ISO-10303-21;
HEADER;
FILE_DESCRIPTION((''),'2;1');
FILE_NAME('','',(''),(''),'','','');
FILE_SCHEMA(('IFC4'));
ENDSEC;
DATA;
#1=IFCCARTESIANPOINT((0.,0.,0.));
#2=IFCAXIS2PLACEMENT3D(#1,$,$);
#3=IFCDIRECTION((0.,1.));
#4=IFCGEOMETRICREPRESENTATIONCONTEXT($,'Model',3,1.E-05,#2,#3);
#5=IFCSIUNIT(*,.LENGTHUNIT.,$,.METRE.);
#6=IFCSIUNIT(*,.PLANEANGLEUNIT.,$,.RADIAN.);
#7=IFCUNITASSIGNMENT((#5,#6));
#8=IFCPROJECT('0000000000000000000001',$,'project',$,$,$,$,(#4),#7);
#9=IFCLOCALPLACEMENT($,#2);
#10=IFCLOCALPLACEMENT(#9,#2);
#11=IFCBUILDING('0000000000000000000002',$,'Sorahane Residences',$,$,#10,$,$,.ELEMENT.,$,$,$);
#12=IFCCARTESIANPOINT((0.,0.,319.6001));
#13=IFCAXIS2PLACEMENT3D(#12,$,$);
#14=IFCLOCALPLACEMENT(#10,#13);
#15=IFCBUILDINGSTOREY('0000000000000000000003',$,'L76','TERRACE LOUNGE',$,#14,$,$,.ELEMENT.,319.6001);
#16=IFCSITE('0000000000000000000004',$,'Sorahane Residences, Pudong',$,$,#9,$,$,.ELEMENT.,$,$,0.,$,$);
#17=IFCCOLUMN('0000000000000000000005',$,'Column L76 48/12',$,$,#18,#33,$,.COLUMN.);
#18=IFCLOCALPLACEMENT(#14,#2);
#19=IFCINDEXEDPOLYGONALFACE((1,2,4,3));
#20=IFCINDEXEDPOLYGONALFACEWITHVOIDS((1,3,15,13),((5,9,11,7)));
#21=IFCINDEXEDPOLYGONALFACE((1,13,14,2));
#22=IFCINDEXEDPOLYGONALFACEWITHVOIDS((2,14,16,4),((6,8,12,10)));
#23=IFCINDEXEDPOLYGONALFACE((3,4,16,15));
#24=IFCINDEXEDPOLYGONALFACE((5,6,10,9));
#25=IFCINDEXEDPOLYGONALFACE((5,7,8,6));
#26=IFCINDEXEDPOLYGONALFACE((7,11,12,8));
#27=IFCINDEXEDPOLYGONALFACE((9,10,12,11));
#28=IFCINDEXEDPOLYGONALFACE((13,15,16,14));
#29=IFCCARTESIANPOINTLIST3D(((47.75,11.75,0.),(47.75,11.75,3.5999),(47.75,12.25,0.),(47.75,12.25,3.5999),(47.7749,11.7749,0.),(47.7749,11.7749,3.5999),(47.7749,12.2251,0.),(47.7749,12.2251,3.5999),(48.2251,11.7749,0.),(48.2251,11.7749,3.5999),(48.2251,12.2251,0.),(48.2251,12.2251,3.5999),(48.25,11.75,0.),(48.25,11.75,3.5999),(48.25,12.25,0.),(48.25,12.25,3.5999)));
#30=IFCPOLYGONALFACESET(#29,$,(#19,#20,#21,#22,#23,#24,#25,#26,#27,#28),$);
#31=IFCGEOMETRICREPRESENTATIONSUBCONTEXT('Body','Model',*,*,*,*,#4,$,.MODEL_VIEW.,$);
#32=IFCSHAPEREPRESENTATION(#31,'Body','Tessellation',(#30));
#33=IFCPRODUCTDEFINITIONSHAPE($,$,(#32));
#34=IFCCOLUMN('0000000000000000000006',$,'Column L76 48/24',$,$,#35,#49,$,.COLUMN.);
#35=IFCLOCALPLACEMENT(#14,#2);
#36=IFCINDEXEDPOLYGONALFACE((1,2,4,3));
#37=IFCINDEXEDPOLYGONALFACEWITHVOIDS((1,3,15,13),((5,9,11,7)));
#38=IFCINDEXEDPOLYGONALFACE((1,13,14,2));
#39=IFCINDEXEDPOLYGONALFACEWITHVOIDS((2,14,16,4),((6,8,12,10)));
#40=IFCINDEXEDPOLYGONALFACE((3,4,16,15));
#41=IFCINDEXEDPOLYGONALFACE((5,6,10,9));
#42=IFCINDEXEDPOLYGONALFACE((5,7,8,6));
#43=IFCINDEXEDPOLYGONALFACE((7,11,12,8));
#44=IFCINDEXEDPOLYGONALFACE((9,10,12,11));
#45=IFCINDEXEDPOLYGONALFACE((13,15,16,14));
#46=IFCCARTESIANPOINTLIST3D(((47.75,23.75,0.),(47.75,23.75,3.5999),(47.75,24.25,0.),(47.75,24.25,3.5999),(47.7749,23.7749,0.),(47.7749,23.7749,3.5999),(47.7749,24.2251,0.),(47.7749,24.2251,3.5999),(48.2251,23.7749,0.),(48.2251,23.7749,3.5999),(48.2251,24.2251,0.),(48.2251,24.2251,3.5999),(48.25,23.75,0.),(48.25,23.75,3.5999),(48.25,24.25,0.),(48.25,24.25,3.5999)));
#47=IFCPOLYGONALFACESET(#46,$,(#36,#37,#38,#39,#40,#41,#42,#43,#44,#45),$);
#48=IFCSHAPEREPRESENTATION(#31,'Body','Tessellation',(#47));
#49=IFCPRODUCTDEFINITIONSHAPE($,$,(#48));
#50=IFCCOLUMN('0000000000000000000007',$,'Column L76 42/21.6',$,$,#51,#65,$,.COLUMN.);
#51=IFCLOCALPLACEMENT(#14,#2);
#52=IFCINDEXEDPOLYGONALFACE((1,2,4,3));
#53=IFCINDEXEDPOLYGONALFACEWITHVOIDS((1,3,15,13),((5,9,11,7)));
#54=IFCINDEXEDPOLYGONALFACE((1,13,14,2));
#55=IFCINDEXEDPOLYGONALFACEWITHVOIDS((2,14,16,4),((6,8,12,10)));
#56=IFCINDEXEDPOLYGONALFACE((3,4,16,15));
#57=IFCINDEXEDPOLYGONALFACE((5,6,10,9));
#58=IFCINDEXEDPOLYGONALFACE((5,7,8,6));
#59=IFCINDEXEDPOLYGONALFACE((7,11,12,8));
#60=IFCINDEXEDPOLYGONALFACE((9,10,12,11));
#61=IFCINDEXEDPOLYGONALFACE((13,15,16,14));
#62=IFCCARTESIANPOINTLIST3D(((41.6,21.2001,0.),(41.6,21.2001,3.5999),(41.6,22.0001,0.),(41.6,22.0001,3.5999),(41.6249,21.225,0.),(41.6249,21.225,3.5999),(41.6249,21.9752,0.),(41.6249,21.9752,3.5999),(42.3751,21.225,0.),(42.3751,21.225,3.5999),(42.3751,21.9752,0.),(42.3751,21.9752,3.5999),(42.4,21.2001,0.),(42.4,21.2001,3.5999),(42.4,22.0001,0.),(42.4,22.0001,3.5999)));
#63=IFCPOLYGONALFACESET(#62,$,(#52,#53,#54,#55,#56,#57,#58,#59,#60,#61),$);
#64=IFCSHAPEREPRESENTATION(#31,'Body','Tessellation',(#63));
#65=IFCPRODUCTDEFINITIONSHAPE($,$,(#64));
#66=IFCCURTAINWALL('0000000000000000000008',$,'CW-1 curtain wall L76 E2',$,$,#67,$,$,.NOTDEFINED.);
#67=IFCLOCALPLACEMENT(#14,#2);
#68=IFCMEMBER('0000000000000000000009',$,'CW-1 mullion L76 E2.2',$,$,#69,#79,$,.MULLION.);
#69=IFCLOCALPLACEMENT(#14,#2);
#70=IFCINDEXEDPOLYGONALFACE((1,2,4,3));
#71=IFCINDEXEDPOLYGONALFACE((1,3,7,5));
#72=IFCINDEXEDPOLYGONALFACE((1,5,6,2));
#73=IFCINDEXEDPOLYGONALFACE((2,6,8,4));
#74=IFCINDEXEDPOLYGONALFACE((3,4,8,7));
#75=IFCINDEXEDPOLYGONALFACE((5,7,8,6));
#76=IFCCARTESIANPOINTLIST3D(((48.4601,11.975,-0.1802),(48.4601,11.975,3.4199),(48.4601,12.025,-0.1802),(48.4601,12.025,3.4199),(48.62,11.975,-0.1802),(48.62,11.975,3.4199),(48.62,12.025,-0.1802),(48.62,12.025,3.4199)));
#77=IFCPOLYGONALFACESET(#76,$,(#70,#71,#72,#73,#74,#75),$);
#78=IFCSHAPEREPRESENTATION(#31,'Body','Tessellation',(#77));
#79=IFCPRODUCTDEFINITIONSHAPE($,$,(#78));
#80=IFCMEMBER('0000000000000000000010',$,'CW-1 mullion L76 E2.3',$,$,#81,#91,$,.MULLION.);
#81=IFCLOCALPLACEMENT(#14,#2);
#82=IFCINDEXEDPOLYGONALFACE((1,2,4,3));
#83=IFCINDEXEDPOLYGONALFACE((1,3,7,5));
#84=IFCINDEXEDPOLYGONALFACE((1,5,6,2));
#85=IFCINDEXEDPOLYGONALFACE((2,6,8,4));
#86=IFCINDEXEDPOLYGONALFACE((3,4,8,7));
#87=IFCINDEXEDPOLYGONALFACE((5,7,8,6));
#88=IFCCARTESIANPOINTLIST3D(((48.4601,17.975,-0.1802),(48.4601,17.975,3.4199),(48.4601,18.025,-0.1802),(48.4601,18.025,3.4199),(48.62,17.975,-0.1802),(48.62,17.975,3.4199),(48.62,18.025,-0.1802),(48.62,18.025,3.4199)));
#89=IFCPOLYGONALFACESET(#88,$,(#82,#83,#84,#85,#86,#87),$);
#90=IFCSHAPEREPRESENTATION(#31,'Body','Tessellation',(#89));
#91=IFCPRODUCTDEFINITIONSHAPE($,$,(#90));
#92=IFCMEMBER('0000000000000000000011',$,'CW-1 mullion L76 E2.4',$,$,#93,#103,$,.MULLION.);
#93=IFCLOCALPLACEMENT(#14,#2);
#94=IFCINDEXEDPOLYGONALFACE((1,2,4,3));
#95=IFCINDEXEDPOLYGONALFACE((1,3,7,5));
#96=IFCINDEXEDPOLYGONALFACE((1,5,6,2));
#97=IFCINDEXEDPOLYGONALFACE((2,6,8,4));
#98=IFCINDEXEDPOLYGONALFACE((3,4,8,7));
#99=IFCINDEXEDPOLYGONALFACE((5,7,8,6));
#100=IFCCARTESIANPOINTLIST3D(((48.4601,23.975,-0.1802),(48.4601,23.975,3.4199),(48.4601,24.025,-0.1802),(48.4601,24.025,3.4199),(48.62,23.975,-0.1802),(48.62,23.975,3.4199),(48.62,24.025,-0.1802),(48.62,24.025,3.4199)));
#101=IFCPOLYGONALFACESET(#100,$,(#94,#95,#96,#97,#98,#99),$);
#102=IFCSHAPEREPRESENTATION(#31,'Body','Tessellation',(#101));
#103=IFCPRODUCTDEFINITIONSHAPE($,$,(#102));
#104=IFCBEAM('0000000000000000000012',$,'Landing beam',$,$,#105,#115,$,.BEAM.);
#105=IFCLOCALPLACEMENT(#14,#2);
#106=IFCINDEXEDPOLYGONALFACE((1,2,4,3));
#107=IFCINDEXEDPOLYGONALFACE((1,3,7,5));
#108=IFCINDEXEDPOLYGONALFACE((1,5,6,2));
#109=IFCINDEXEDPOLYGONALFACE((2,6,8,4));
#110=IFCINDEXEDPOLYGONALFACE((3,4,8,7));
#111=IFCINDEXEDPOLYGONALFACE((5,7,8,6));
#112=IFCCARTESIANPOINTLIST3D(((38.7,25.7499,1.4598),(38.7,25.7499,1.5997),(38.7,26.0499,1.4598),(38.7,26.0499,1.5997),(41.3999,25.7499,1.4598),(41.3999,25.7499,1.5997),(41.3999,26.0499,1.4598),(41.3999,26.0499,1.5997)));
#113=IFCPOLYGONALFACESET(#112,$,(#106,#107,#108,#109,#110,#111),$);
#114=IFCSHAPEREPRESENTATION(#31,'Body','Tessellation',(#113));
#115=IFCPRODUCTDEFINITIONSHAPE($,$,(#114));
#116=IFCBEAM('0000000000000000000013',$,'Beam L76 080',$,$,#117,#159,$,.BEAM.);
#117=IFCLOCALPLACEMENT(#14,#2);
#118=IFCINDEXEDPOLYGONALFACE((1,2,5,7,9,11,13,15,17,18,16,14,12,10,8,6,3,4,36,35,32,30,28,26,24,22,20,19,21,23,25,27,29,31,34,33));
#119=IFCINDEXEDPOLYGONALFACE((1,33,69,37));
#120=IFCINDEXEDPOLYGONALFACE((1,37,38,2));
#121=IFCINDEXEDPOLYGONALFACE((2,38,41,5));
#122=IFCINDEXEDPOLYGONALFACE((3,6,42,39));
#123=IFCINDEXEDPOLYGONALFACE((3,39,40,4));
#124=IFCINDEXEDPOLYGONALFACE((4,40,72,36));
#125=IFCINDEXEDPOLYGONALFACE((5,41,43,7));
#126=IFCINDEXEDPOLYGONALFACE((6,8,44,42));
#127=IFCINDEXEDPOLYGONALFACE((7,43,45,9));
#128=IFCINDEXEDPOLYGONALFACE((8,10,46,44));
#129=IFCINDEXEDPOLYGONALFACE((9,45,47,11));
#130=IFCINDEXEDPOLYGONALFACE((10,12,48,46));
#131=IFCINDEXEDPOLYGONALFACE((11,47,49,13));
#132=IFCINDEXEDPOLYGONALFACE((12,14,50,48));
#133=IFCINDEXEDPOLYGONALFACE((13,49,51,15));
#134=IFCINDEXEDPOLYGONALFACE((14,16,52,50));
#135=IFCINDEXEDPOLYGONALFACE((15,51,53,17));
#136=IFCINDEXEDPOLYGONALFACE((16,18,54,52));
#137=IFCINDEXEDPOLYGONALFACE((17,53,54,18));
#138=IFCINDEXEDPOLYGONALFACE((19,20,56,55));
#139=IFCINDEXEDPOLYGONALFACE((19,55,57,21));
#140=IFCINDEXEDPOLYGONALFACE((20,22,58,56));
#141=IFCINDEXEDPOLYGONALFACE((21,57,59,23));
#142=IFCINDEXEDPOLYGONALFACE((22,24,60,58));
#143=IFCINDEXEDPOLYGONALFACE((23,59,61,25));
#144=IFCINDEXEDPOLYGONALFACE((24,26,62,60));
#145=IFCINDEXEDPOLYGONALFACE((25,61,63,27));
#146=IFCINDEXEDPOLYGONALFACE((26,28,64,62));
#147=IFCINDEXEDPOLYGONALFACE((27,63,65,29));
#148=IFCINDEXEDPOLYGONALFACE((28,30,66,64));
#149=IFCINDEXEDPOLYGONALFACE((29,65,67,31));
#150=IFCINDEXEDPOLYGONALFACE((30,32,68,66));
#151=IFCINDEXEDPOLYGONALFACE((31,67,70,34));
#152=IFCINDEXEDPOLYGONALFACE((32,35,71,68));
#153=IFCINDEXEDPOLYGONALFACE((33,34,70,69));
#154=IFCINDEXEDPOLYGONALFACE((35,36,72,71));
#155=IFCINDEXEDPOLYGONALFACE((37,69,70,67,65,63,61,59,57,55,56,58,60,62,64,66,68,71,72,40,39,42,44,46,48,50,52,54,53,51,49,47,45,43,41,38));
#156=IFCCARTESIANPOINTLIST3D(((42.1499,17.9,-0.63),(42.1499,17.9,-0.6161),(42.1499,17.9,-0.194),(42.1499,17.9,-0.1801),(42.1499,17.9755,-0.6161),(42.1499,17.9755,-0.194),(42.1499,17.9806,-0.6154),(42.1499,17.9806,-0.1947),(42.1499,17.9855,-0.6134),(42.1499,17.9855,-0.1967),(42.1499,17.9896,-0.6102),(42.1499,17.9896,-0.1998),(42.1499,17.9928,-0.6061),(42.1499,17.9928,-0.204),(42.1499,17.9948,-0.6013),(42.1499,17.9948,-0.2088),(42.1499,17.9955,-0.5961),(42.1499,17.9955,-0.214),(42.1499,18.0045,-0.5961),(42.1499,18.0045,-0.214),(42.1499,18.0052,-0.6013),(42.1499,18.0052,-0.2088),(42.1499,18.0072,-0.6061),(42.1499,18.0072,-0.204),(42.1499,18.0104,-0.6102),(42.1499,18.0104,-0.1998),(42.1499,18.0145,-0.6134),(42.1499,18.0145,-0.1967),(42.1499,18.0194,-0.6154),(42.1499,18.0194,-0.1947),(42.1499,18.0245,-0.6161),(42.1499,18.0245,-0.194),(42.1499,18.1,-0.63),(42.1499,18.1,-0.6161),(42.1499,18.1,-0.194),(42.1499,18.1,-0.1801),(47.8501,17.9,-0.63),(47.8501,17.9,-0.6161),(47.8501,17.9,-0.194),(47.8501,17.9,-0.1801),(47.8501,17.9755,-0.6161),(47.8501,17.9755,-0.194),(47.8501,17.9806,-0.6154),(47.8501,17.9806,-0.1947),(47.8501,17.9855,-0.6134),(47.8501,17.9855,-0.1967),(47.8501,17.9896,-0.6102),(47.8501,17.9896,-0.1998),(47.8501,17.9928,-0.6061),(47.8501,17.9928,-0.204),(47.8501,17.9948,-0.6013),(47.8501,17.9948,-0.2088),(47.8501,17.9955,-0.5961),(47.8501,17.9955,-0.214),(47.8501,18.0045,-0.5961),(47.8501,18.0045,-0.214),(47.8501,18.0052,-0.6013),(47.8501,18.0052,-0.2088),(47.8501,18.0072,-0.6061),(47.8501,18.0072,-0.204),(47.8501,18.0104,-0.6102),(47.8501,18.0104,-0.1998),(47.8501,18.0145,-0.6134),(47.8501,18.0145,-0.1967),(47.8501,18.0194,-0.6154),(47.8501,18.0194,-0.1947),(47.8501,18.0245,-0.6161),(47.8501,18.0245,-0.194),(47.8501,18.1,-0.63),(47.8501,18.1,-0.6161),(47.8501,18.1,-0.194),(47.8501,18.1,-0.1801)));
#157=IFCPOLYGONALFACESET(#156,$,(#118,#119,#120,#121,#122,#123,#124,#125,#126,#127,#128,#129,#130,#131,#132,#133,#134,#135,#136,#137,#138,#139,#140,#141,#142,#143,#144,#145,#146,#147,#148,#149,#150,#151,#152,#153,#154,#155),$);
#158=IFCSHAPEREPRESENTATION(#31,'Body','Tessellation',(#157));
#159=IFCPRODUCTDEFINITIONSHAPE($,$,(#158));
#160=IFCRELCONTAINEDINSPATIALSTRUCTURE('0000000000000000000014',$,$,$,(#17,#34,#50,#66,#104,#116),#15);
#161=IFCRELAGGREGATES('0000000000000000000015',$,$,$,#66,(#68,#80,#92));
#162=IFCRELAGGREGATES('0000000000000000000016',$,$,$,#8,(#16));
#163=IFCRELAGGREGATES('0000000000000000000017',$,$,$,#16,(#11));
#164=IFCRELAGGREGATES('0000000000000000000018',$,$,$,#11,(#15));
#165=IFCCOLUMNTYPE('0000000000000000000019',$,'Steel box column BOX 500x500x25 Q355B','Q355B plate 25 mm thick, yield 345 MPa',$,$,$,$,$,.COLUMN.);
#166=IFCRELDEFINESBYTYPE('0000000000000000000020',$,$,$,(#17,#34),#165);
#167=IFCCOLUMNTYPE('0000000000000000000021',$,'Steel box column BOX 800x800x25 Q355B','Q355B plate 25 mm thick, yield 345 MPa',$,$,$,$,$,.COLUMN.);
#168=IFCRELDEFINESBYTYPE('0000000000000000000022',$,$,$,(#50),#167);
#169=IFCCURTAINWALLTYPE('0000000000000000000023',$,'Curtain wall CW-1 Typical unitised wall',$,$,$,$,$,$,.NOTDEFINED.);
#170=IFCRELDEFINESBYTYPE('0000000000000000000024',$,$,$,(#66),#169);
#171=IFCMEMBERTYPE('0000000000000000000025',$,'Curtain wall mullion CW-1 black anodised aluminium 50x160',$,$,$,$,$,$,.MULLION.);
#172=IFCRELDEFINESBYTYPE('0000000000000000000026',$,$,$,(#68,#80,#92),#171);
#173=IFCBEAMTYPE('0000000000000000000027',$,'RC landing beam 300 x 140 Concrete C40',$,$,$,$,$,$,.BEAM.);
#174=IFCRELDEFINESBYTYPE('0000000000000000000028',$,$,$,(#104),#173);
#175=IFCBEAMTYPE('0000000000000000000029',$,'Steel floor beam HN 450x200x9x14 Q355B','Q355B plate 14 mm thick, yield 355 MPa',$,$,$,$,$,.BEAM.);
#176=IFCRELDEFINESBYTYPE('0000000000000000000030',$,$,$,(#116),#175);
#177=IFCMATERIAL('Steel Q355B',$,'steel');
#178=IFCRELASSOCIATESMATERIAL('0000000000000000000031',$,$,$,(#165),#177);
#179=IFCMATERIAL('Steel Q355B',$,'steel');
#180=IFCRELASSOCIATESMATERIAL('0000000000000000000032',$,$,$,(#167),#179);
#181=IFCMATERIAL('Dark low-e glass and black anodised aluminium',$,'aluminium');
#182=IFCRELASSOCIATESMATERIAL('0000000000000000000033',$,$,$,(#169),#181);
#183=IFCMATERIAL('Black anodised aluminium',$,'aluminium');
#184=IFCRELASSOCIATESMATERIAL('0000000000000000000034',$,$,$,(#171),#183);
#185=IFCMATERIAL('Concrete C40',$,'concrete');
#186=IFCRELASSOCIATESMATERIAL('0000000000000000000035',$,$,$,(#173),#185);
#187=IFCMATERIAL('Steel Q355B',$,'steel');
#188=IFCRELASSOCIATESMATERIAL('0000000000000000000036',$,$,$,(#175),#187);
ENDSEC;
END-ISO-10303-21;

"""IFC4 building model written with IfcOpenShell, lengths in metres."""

from ifc_helpers import new_model, si_unit, direction, frame, origin, origin_2d, place, context, subcontext, project, spatial, rectangle, hollow_rectangle, i_section, extrude, material, material_profile, profile_set, type_object, element, aggregate, save


model = new_model("IFC4")

# Units and contexts
model_context = context("Model", 3, precision=1e-05, world=origin(), true_north=direction((0.0, 1.0)))
body_context = subcontext(model_context, "Body", "Model", "MODEL_VIEW")
ifc_project = project(units=[si_unit("LENGTHUNIT", "METRE"), si_unit("PLANEANGLEUNIT", "RADIAN")], contexts=[model_context])

# Site, building, storey
site_placement = place(None, origin())
site = spatial("IfcSite", under=ifc_project, at=site_placement, Name="Sorahane Residences, Pudong", CompositionType="ELEMENT", RefElevation=0.0)
building_placement = place(site_placement, origin())
building = spatial("IfcBuilding", under=site, at=building_placement, Name="Sorahane Residences", CompositionType="ELEMENT")
storey_placement = place(building_placement, frame((0.0, 0.0, 319.6001)))
storey = spatial("IfcBuildingStorey", under=building, at=storey_placement, Name="L76", Description="TERRACE LOUNGE", CompositionType="ELEMENT", Elevation=319.6001)

# Columns
ifc_material_1 = material(Name="Steel Q355B", Category="steel")
ifc_material_profile_1 = material_profile(ifc_material_1, hollow_rectangle(XDim=0.5, YDim=0.5, WallThickness=0.0249, at=origin_2d()), Name="BOX 500x500x25")
ifc_profile_set_1 = profile_set([ifc_material_profile_1], Name="Steel Q355B")
column_type_1 = type_object("IfcColumnType", Name="Steel box column BOX 500x500x25 Q355B", Description="Q355B plate 25 mm thick, yield 345 MPa", PredefinedType="COLUMN", material=ifc_profile_set_1)
for number, where, z_axis, x_axis, name in (
    (1, (48.0, 12.0, 0.0), (0.0, 0.0, 1.0), (1.0, 0.0, 0.0), "Column L76 48/12"),
    (2, (48.0, 24.0, 0.0), (0.0, 0.0, 1.0), (1.0, 0.0, 0.0), "Column L76 48/24"),
):
    element("IfcColumn", number, at=place(storey_placement, frame(where, z_axis=z_axis, x_axis=x_axis)), inside=storey, type_object=column_type_1, Name=name, PredefinedType="COLUMN", context=body_context, shape_type="SweptSolid", body=[
        extrude(hollow_rectangle(XDim=0.5, YDim=0.5, WallThickness=0.0249, at=origin_2d()), origin(), (0.0, 0.0, 1.0), 3.5999),
    ])
ifc_material_2 = material(Name="Steel Q355B", Category="steel")
ifc_material_profile_2 = material_profile(ifc_material_2, hollow_rectangle(XDim=0.8, YDim=0.8, WallThickness=0.0249, at=origin_2d()), Name="BOX 800x800x25")
ifc_profile_set_2 = profile_set([ifc_material_profile_2], Name="Steel Q355B")
column_type_2 = type_object("IfcColumnType", Name="Steel box column BOX 800x800x25 Q355B", Description="Q355B plate 25 mm thick, yield 345 MPa", PredefinedType="COLUMN", material=ifc_profile_set_2)
column_placement = place(storey_placement, frame((42.0, 21.6001, 0.0), z_axis=(0.0, 0.0, 1.0), x_axis=(1.0, 0.0, 0.0)))
element("IfcColumn", 3, at=column_placement, inside=storey, type_object=column_type_2, Name="Column L76 42/21.6", PredefinedType="COLUMN", context=body_context, shape_type="SweptSolid", body=[
    extrude(hollow_rectangle(XDim=0.8, YDim=0.8, WallThickness=0.0249, at=origin_2d()), origin(), (0.0, 0.0, 1.0), 3.5999),
])

# Curtain wall, members
ifc_material_3 = material(Name="Dark low-e glass and black anodised aluminium", Category="aluminium")
curtain_wall_type = type_object("IfcCurtainWallType", Name="Curtain wall CW-1 Typical unitised wall", PredefinedType="NOTDEFINED", material=ifc_material_3)
curtain_wall_placement = place(storey_placement, origin())
curtain_wall = element("IfcCurtainWall", 4, at=curtain_wall_placement, inside=storey, type_object=curtain_wall_type, Name="CW-1 curtain wall L76 E2", PredefinedType="NOTDEFINED")
ifc_material_4 = material(Name="Black anodised aluminium", Category="aluminium")
ifc_material_profile_3 = material_profile(ifc_material_4, rectangle(XDim=0.1599, YDim=0.05, at=origin_2d()), Name="Curtain wall mullion CW-1 black anodised aluminium 50x160")
ifc_profile_set_3 = profile_set([ifc_material_profile_3], Name="Black anodised aluminium")
member_type = type_object("IfcMemberType", Name="Curtain wall mullion CW-1 black anodised aluminium 50x160", PredefinedType="MULLION", material=ifc_profile_set_3)
member_1_placement = place(storey_placement, frame((48.54, 12.0, -0.1802), z_axis=(0.0, 0.0, 1.0), x_axis=(1.0, 0.0, 0.0)))
member_1 = element("IfcMember", 5, at=member_1_placement, type_object=member_type, Name="CW-1 mullion L76 E2.2", PredefinedType="MULLION", context=body_context, shape_type="SweptSolid", body=[
    extrude(rectangle(XDim=0.1599, YDim=0.05, at=origin_2d()), origin(), (0.0, 0.0, 1.0), 3.6001),
])
member_2_placement = place(storey_placement, frame((48.54, 18.0, -0.1802), z_axis=(0.0, 0.0, 1.0), x_axis=(1.0, 0.0, 0.0)))
member_2 = element("IfcMember", 6, at=member_2_placement, type_object=member_type, Name="CW-1 mullion L76 E2.3", PredefinedType="MULLION", context=body_context, shape_type="SweptSolid", body=[
    extrude(rectangle(XDim=0.1599, YDim=0.05, at=origin_2d()), origin(), (0.0, 0.0, 1.0), 3.6001),
])
member_3_placement = place(storey_placement, frame((48.54, 24.0, -0.1802), z_axis=(0.0, 0.0, 1.0), x_axis=(1.0, 0.0, 0.0)))
member_3 = element("IfcMember", 7, at=member_3_placement, type_object=member_type, Name="CW-1 mullion L76 E2.4", PredefinedType="MULLION", context=body_context, shape_type="SweptSolid", body=[
    extrude(rectangle(XDim=0.1599, YDim=0.05, at=origin_2d()), origin(), (0.0, 0.0, 1.0), 3.6001),
])

# Beams
ifc_material_5 = material(Name="Concrete C40", Category="concrete")
ifc_material_profile_4 = material_profile(ifc_material_5, rectangle(XDim=0.3, YDim=0.1399, at=origin_2d()), Name="300x140")
ifc_profile_set_4 = profile_set([ifc_material_profile_4], Name="Concrete C40")
beam_type_1 = type_object("IfcBeamType", Name="RC landing beam 300 x 140 Concrete C40", PredefinedType="BEAM", material=ifc_profile_set_4)
beam_1_placement = place(storey_placement, frame((38.7, 25.8999, 1.5298), z_axis=(1.0, 0.0, 0.0), x_axis=(0.0, 1.0, 0.0)))
element("IfcBeam", 8, at=beam_1_placement, inside=storey, type_object=beam_type_1, Name="Landing beam", PredefinedType="BEAM", context=body_context, shape_type="SweptSolid", body=[
    extrude(rectangle(XDim=0.3, YDim=0.1399, at=origin_2d()), origin(), (0.0, 0.0, 1.0), 2.7),
])
ifc_material_6 = material(Name="Steel Q355B", Category="steel")
ifc_material_profile_5 = material_profile(ifc_material_6, i_section(OverallWidth=0.2, OverallDepth=0.45, WebThickness=0.009, FlangeThickness=0.0139, FilletRadius=0.02, at=origin_2d()), Name="HN 450x200x9x14")
ifc_profile_set_5 = profile_set([ifc_material_profile_5], Name="Steel Q355B")
beam_type_2 = type_object("IfcBeamType", Name="Steel floor beam HN 450x200x9x14 Q355B", Description="Q355B plate 14 mm thick, yield 355 MPa", PredefinedType="BEAM", material=ifc_profile_set_5)
beam_2_placement = place(storey_placement, frame((42.1499, 18.0, -0.405), z_axis=(1.0, 0.0, 0.0), x_axis=(0.0, 1.0, 0.0)))
element("IfcBeam", 9, at=beam_2_placement, inside=storey, type_object=beam_type_2, Name="Beam L76 080", PredefinedType="BEAM", context=body_context, shape_type="SweptSolid", body=[
    extrude(i_section(OverallWidth=0.2, OverallDepth=0.45, WebThickness=0.009, FlangeThickness=0.0139, FilletRadius=0.02, at=origin_2d()), origin(), (0.0, 0.0, 1.0), 5.7002),
])

aggregate(curtain_wall, [member_1, member_2, member_3])

save(model, "model.ifc")
